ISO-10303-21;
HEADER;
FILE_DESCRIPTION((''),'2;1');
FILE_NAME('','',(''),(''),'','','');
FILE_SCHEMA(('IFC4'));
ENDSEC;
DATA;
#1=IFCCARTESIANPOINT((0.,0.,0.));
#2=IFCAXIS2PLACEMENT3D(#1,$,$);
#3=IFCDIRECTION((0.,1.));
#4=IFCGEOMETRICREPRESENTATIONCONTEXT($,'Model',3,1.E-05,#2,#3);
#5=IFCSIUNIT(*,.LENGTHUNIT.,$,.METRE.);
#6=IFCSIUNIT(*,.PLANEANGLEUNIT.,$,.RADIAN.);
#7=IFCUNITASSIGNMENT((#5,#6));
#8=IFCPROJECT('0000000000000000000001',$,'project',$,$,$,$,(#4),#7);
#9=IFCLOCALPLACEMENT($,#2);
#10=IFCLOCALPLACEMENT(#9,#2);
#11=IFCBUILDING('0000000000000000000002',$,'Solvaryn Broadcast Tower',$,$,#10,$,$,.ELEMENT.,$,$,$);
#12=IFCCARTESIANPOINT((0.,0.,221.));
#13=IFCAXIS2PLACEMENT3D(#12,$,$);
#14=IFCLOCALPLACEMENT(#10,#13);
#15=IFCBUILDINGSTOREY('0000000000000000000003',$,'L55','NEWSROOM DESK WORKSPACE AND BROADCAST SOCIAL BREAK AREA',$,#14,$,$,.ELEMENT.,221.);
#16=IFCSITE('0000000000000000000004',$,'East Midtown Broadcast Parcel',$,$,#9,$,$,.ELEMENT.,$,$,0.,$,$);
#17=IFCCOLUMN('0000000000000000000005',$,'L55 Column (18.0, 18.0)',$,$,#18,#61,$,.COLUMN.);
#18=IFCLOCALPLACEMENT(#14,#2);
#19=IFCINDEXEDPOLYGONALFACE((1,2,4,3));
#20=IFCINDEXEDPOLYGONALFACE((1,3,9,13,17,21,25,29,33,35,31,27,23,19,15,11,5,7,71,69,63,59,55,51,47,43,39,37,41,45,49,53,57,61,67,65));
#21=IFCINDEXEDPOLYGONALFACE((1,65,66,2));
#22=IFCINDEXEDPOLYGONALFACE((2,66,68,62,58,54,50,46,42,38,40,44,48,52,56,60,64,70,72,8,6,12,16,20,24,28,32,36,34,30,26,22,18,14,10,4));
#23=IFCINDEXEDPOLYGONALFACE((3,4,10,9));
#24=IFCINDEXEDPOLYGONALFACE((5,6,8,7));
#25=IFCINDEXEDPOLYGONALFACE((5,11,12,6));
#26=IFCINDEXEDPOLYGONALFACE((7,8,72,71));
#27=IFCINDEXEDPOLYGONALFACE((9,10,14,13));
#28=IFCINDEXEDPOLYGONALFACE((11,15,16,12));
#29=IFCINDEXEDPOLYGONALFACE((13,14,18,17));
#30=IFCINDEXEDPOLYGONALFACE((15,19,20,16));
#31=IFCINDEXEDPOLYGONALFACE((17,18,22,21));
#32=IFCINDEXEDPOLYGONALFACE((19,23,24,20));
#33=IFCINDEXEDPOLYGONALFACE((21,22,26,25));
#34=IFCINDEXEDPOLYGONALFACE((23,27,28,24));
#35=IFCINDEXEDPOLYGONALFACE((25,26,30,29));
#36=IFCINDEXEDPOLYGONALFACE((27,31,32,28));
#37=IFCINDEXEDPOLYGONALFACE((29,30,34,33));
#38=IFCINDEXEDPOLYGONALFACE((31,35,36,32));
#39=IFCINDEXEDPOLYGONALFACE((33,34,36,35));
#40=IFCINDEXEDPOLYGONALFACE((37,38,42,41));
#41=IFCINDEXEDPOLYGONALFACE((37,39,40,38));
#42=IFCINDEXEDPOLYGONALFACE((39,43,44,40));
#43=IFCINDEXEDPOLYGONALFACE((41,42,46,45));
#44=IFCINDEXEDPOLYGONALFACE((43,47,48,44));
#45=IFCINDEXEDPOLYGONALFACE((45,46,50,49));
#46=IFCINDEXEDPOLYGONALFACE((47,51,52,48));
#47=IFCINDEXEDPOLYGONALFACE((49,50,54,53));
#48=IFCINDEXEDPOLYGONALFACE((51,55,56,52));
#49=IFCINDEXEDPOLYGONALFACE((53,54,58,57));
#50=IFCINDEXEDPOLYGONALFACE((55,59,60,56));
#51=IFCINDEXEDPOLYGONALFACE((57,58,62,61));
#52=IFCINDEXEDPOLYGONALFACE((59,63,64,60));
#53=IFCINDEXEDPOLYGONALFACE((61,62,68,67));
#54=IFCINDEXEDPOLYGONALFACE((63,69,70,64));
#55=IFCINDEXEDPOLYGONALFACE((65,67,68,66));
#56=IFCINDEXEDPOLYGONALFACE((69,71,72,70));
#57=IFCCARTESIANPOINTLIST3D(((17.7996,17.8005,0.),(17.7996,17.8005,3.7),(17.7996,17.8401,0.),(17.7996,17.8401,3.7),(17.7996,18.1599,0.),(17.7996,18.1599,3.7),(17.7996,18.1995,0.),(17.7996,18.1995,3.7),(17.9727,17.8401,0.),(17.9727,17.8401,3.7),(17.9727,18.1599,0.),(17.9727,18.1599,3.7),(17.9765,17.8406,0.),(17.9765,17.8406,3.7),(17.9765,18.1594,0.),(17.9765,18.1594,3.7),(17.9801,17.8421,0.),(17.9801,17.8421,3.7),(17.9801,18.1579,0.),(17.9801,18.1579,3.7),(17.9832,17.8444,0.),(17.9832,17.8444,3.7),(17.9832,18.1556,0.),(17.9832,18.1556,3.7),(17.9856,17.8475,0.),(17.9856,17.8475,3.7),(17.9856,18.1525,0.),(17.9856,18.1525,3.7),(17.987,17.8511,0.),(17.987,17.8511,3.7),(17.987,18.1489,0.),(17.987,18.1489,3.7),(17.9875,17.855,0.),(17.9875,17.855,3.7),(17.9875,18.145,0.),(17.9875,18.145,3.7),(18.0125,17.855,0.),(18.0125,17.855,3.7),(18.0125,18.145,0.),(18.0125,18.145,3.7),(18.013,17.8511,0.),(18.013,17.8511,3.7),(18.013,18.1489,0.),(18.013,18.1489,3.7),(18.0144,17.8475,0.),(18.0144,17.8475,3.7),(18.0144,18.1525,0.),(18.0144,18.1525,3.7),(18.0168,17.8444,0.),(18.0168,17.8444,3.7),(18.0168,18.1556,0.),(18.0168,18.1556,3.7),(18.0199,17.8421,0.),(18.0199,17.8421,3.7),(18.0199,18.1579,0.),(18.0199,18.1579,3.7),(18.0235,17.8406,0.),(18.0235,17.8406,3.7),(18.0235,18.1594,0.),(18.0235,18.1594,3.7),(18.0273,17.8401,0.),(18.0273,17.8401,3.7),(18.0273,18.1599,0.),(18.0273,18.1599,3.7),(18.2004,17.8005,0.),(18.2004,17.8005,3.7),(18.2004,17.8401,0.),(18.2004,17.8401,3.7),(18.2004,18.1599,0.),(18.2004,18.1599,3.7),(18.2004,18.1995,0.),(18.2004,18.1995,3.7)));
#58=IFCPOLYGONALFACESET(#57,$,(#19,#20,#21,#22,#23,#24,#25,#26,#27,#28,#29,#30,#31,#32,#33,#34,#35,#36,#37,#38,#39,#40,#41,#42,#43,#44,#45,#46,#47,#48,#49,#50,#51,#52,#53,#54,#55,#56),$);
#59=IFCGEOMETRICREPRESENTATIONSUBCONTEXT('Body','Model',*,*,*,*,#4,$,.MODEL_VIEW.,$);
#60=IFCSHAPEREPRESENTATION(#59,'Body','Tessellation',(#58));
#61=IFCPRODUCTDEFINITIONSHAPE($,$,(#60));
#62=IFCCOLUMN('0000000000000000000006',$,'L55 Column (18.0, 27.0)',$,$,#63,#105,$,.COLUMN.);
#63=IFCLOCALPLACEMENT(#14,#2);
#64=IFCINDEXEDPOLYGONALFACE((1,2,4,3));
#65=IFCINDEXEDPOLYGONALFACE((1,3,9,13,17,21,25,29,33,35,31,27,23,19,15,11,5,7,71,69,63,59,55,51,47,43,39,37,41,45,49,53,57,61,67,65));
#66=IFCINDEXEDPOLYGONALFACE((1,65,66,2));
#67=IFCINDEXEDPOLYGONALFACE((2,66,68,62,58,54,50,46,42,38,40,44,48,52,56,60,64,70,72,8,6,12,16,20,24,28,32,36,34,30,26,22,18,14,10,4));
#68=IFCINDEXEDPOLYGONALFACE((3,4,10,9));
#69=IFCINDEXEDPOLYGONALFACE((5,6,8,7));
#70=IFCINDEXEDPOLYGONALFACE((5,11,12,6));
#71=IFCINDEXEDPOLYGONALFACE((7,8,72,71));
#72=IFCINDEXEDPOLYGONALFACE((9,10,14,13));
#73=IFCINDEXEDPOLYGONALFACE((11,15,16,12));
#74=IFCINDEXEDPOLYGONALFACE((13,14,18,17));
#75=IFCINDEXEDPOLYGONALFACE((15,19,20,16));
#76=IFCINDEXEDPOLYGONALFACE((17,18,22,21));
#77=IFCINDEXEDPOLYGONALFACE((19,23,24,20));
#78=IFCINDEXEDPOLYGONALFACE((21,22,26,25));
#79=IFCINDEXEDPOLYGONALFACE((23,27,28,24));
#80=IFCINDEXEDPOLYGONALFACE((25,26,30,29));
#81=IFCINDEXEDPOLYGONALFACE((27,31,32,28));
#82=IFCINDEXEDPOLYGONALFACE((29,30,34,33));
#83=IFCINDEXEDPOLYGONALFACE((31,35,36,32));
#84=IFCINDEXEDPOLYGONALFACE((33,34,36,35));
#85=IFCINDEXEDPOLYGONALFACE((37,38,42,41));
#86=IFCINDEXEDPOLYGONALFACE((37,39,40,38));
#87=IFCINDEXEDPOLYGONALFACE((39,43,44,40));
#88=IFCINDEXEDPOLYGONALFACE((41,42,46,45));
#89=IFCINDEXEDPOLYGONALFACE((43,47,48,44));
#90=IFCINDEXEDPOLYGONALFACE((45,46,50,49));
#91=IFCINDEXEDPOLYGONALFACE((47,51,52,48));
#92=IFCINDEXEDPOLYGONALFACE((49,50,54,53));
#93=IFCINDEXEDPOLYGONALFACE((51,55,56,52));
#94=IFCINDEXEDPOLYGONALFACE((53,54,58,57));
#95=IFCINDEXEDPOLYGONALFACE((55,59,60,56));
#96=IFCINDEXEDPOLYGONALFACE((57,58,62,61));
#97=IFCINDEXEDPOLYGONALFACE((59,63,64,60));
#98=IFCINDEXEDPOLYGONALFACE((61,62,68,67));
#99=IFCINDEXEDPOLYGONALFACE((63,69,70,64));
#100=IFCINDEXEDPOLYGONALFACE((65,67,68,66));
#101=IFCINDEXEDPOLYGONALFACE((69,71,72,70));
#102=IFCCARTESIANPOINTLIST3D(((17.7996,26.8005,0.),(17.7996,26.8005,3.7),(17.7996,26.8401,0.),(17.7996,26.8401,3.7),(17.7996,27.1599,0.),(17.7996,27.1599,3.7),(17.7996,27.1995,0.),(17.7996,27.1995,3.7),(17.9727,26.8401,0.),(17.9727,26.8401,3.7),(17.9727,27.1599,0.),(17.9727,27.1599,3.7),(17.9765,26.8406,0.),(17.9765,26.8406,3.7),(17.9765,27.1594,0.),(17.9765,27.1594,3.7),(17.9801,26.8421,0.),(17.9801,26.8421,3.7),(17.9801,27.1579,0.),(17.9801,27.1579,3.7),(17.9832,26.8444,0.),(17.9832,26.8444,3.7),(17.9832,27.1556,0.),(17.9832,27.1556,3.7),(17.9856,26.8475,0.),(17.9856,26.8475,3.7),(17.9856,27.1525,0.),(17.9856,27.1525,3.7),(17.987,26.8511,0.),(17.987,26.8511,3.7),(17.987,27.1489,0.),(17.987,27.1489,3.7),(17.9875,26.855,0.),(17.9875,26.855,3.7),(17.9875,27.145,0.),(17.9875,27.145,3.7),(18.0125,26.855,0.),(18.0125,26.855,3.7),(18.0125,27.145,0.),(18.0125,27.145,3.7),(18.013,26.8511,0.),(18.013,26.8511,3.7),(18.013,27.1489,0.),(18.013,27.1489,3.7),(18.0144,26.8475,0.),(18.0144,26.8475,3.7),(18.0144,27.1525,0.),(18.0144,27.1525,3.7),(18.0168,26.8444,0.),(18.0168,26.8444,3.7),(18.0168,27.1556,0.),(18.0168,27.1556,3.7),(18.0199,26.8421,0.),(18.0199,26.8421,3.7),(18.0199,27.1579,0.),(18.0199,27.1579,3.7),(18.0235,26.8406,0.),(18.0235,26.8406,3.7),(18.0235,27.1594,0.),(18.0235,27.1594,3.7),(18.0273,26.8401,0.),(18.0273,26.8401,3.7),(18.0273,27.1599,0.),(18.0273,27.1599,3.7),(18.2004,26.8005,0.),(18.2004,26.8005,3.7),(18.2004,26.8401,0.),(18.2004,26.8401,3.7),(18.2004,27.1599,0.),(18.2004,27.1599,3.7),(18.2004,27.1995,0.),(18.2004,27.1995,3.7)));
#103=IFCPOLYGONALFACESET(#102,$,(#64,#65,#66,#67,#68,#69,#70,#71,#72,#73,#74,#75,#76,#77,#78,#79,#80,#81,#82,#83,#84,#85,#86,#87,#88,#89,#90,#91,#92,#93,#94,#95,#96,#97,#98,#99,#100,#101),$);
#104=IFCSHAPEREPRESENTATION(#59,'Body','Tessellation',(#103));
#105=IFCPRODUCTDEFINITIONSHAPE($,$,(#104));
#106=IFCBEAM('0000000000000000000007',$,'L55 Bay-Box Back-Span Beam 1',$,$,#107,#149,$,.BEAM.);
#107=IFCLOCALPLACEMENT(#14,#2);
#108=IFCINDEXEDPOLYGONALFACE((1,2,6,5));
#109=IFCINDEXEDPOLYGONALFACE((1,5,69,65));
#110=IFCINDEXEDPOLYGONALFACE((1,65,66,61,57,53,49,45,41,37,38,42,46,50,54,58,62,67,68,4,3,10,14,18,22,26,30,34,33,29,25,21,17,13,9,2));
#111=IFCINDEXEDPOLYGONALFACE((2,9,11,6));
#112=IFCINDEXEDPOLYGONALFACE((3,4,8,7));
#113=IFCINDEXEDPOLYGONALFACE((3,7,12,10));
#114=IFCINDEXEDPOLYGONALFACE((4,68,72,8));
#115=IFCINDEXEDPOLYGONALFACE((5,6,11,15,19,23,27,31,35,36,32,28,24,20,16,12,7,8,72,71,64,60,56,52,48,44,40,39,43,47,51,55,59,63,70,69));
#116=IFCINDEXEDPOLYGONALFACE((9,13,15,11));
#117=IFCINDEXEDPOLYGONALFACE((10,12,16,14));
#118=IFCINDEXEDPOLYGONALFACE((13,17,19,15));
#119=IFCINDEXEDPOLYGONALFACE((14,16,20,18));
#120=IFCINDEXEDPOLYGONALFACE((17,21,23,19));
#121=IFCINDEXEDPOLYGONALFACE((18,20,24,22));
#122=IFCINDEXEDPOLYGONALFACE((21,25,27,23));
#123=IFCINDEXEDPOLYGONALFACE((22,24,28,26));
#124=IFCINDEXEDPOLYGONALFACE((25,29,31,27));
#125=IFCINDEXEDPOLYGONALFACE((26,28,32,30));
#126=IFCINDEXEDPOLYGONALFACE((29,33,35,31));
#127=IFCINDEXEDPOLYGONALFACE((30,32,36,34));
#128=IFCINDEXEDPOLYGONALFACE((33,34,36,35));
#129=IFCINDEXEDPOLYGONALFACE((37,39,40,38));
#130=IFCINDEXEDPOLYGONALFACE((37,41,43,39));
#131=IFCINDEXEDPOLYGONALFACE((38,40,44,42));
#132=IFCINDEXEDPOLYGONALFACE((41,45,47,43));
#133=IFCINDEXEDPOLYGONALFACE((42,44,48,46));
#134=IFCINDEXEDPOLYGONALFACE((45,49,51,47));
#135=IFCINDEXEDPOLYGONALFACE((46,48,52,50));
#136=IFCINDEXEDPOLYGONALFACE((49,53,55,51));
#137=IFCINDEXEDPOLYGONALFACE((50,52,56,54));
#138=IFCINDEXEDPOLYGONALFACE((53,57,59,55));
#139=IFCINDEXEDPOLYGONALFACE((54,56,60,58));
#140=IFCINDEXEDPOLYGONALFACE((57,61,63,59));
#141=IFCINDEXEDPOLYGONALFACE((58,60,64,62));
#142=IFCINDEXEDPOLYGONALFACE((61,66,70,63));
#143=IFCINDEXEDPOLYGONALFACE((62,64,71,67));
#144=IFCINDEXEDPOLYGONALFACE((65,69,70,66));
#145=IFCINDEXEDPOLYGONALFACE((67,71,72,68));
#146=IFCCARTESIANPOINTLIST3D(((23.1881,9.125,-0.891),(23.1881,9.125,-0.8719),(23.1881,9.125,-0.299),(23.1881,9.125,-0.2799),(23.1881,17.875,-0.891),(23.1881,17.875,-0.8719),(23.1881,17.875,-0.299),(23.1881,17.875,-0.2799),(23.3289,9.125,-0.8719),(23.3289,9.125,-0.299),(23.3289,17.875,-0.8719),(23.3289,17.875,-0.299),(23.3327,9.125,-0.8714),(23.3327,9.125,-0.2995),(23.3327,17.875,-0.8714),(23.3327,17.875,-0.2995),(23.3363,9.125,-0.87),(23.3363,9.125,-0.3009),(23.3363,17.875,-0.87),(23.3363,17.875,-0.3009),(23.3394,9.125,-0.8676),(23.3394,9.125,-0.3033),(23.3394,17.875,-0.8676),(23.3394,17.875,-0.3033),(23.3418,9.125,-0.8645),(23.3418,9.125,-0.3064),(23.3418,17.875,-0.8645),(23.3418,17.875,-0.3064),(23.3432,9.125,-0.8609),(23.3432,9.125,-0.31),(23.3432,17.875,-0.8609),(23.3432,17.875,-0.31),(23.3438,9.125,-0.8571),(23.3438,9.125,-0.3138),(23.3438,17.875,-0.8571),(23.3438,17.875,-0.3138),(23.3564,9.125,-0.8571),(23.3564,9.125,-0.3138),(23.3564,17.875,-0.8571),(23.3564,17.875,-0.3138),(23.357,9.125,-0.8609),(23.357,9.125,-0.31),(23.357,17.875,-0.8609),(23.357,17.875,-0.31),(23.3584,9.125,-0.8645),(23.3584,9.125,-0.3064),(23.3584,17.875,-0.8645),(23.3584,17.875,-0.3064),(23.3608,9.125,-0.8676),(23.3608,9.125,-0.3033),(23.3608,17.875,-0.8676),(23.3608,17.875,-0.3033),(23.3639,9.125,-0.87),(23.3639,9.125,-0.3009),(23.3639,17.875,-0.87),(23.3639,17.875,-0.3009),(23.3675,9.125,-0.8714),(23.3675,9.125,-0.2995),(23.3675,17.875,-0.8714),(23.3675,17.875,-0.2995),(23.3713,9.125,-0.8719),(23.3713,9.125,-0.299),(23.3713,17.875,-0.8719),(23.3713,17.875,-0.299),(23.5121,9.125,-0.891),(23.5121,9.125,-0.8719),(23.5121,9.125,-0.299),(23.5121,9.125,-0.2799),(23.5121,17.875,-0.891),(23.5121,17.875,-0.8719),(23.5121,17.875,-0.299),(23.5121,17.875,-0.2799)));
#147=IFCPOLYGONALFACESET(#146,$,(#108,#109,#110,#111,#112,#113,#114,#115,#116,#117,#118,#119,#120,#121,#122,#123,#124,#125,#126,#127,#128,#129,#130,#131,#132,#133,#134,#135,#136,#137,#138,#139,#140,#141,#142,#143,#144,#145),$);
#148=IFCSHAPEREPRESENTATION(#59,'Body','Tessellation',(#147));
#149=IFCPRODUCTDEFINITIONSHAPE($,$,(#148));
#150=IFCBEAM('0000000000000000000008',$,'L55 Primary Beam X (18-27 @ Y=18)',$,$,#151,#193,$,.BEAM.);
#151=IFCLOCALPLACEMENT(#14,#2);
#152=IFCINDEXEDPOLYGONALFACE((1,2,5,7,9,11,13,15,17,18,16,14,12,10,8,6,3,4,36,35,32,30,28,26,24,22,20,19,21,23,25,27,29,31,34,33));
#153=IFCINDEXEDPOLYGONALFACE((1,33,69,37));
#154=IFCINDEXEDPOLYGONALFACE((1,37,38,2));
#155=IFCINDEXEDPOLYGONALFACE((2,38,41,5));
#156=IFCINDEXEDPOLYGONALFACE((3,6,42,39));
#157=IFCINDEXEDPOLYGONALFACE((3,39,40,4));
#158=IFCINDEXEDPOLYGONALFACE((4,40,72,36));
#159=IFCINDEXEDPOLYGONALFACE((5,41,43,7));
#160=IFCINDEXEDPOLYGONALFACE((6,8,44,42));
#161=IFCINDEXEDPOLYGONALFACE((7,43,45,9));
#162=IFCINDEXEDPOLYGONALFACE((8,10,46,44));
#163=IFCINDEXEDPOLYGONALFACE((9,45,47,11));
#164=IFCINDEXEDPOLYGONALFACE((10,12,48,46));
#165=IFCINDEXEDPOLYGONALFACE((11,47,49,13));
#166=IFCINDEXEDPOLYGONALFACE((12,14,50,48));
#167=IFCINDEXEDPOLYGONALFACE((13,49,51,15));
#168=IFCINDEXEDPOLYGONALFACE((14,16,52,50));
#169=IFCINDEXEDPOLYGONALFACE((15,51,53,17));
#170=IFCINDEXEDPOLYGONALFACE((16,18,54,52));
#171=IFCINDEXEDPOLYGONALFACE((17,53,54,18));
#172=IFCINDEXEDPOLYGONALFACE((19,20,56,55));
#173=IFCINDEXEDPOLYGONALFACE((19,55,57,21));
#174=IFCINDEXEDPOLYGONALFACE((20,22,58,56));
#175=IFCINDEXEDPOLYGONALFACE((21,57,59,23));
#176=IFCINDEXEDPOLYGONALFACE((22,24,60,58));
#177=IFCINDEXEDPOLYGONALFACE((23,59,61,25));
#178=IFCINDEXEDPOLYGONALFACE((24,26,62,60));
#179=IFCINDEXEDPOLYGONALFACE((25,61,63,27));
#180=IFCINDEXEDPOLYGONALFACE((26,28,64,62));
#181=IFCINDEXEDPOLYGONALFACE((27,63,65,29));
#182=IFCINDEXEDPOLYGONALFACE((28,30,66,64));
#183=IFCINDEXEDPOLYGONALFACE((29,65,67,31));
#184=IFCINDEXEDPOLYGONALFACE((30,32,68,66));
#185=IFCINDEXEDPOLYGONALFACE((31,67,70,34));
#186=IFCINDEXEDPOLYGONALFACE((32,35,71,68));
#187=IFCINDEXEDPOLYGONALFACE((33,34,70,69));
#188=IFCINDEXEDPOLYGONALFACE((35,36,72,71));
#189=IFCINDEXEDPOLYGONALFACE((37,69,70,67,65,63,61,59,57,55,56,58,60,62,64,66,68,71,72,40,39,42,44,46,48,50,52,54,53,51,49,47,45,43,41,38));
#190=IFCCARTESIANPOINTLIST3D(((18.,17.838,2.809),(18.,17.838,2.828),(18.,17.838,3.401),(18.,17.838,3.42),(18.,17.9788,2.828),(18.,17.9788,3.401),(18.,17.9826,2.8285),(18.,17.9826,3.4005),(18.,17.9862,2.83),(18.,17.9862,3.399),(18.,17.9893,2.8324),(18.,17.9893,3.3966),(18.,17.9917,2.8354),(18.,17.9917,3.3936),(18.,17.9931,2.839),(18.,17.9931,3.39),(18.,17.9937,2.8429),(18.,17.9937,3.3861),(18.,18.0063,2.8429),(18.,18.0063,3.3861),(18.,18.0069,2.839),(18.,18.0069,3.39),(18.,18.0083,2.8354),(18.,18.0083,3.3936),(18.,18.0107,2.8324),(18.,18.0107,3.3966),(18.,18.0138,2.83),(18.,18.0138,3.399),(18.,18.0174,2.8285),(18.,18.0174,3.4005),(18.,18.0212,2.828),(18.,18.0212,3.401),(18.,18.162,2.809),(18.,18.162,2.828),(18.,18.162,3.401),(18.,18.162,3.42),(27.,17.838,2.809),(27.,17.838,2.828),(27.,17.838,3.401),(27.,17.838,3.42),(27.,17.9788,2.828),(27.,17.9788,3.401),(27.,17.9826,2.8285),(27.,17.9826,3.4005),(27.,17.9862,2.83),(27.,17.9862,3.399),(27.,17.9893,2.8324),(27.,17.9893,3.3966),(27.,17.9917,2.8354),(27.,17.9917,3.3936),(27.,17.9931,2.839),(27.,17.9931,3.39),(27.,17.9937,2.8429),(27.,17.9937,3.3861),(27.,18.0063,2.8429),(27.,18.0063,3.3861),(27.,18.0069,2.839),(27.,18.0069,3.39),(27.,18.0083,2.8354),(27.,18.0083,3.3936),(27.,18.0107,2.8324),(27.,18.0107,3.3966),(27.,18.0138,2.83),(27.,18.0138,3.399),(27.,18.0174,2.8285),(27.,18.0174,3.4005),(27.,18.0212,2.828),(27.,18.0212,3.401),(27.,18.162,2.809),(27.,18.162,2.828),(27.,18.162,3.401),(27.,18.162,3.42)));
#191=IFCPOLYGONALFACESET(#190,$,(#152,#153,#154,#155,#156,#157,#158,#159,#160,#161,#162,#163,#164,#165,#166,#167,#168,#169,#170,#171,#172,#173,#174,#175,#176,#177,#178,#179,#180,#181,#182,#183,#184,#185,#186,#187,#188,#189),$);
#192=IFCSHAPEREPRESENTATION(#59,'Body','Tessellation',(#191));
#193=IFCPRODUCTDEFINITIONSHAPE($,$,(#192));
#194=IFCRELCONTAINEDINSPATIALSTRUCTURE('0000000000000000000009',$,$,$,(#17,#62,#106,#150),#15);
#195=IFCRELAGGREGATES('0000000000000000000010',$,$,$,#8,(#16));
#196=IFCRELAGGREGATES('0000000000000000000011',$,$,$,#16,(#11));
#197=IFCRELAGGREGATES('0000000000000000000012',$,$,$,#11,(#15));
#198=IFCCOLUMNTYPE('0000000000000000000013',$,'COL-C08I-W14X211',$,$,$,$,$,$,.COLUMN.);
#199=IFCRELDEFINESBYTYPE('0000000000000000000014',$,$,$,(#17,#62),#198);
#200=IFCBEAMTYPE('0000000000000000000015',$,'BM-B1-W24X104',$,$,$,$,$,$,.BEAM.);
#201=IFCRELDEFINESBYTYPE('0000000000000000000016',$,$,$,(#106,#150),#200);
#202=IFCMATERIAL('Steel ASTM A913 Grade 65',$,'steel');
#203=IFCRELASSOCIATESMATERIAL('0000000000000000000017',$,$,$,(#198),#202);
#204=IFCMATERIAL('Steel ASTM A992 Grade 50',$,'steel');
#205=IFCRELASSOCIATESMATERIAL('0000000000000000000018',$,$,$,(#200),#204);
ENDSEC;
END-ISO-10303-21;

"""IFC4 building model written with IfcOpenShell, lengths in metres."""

from ifc_helpers import new_model, si_unit, direction, frame, origin, origin_2d, place, context, subcontext, project, spatial, i_section, extrude, material, material_profile, profile_set, type_object, element, save


model = new_model("IFC4")

# Units and contexts
model_context = context("Model", 3, precision=1e-05, world=origin(), true_north=direction((0.0, 1.0)))
body_context = subcontext(model_context, "Body", "Model", "MODEL_VIEW")
ifc_project = project(units=[si_unit("LENGTHUNIT", "METRE"), si_unit("PLANEANGLEUNIT", "RADIAN")], contexts=[model_context])

# Site, building, storey
site_placement = place(None, origin())
site = spatial("IfcSite", under=ifc_project, at=site_placement, Name="East Midtown Broadcast Parcel", CompositionType="ELEMENT", RefElevation=0.0)
building_placement = place(site_placement, origin())
building = spatial("IfcBuilding", under=site, at=building_placement, Name="Solvaryn Broadcast Tower", CompositionType="ELEMENT")
storey_placement = place(building_placement, frame((0.0, 0.0, 221.0)))
storey = spatial("IfcBuildingStorey", under=building, at=storey_placement, Name="L55", Description="NEWSROOM DESK WORKSPACE AND BROADCAST SOCIAL BREAK AREA", CompositionType="ELEMENT", Elevation=221.0)

# Columns
ifc_material_1 = material(Name="Steel ASTM A913 Grade 65", Category="steel")
ifc_material_profile_1 = material_profile(ifc_material_1, i_section(OverallWidth=0.4009, OverallDepth=0.3989, WebThickness=0.0249, FlangeThickness=0.0396, FilletRadius=0.0149, at=origin_2d()))
ifc_profile_set_1 = profile_set([ifc_material_profile_1], Name="Steel ASTM A913 Grade 65")
column_type = type_object("IfcColumnType", Name="COL-C08I-W14X211", PredefinedType="COLUMN", material=ifc_profile_set_1)
for number, where, z_axis, x_axis, name in (
    (1, (18.0, 18.0, 0.0), (0.0, 0.0, 1.0), (1.0, 0.0, 0.0), "L55 Column (18.0, 18.0)"),
    (2, (18.0, 27.0, 0.0), (0.0, 0.0, 1.0), (1.0, 0.0, 0.0), "L55 Column (18.0, 27.0)"),
):
    element("IfcColumn", number, at=place(storey_placement, frame(where, z_axis=z_axis, x_axis=x_axis)), inside=storey, type_object=column_type, Name=name, PredefinedType="COLUMN", context=body_context, shape_type="SweptSolid", body=[
        extrude(i_section(OverallWidth=0.4009, OverallDepth=0.3989, WebThickness=0.0249, FlangeThickness=0.0396, FilletRadius=0.0149, at=origin_2d()), origin(), (0.0, 0.0, 1.0), 3.7),
    ])

# Beams
ifc_material_2 = material(Name="Steel ASTM A992 Grade 50", Category="steel")
ifc_material_profile_2 = material_profile(ifc_material_2, i_section(OverallWidth=0.324, OverallDepth=0.6111, WebThickness=0.0127, FlangeThickness=0.019, FilletRadius=0.0149, at=origin_2d()))
ifc_profile_set_2 = profile_set([ifc_material_profile_2], Name="Steel ASTM A992 Grade 50")
beam_type_1 = type_object("IfcBeamType", Name="BM-B1-W24X104", PredefinedType="BEAM", material=ifc_profile_set_2)
beam_1_placement = place(storey_placement, frame((23.3501, 17.875, -0.5854), z_axis=(0.0, -1.0, 0.0), x_axis=(1.0, 0.0, 0.0)))
element("IfcBeam", 3, at=beam_1_placement, inside=storey, type_object=beam_type_1, Name="L55 Bay-Box Back-Span Beam 1", PredefinedType="BEAM", context=body_context, shape_type="SweptSolid", body=[
    extrude(i_section(OverallWidth=0.324, OverallDepth=0.6111, WebThickness=0.0127, FlangeThickness=0.019, FilletRadius=0.0149, at=origin_2d()), origin(), (0.0, 0.0, 1.0), 8.75),
])
for number, where, z_axis, x_axis, name in (
    (4, (18.0, 18.0, 3.1145), (1.0, 0.0, 0.0), (0.0, 1.0, 0.0), "L55 Primary Beam X (18-27 @ Y=18)"),
):
    element("IfcBeam", number, at=place(storey_placement, frame(where, z_axis=z_axis, x_axis=x_axis)), inside=storey, type_object=beam_type_1, Name=name, PredefinedType="BEAM", context=body_context, shape_type="SweptSolid", body=[
        extrude(i_section(OverallWidth=0.324, OverallDepth=0.6111, WebThickness=0.0127, FlangeThickness=0.019, FilletRadius=0.0149, at=origin_2d()), origin(), (0.0, 0.0, 1.0), 9.0),
    ])

save(model, "model.ifc")
